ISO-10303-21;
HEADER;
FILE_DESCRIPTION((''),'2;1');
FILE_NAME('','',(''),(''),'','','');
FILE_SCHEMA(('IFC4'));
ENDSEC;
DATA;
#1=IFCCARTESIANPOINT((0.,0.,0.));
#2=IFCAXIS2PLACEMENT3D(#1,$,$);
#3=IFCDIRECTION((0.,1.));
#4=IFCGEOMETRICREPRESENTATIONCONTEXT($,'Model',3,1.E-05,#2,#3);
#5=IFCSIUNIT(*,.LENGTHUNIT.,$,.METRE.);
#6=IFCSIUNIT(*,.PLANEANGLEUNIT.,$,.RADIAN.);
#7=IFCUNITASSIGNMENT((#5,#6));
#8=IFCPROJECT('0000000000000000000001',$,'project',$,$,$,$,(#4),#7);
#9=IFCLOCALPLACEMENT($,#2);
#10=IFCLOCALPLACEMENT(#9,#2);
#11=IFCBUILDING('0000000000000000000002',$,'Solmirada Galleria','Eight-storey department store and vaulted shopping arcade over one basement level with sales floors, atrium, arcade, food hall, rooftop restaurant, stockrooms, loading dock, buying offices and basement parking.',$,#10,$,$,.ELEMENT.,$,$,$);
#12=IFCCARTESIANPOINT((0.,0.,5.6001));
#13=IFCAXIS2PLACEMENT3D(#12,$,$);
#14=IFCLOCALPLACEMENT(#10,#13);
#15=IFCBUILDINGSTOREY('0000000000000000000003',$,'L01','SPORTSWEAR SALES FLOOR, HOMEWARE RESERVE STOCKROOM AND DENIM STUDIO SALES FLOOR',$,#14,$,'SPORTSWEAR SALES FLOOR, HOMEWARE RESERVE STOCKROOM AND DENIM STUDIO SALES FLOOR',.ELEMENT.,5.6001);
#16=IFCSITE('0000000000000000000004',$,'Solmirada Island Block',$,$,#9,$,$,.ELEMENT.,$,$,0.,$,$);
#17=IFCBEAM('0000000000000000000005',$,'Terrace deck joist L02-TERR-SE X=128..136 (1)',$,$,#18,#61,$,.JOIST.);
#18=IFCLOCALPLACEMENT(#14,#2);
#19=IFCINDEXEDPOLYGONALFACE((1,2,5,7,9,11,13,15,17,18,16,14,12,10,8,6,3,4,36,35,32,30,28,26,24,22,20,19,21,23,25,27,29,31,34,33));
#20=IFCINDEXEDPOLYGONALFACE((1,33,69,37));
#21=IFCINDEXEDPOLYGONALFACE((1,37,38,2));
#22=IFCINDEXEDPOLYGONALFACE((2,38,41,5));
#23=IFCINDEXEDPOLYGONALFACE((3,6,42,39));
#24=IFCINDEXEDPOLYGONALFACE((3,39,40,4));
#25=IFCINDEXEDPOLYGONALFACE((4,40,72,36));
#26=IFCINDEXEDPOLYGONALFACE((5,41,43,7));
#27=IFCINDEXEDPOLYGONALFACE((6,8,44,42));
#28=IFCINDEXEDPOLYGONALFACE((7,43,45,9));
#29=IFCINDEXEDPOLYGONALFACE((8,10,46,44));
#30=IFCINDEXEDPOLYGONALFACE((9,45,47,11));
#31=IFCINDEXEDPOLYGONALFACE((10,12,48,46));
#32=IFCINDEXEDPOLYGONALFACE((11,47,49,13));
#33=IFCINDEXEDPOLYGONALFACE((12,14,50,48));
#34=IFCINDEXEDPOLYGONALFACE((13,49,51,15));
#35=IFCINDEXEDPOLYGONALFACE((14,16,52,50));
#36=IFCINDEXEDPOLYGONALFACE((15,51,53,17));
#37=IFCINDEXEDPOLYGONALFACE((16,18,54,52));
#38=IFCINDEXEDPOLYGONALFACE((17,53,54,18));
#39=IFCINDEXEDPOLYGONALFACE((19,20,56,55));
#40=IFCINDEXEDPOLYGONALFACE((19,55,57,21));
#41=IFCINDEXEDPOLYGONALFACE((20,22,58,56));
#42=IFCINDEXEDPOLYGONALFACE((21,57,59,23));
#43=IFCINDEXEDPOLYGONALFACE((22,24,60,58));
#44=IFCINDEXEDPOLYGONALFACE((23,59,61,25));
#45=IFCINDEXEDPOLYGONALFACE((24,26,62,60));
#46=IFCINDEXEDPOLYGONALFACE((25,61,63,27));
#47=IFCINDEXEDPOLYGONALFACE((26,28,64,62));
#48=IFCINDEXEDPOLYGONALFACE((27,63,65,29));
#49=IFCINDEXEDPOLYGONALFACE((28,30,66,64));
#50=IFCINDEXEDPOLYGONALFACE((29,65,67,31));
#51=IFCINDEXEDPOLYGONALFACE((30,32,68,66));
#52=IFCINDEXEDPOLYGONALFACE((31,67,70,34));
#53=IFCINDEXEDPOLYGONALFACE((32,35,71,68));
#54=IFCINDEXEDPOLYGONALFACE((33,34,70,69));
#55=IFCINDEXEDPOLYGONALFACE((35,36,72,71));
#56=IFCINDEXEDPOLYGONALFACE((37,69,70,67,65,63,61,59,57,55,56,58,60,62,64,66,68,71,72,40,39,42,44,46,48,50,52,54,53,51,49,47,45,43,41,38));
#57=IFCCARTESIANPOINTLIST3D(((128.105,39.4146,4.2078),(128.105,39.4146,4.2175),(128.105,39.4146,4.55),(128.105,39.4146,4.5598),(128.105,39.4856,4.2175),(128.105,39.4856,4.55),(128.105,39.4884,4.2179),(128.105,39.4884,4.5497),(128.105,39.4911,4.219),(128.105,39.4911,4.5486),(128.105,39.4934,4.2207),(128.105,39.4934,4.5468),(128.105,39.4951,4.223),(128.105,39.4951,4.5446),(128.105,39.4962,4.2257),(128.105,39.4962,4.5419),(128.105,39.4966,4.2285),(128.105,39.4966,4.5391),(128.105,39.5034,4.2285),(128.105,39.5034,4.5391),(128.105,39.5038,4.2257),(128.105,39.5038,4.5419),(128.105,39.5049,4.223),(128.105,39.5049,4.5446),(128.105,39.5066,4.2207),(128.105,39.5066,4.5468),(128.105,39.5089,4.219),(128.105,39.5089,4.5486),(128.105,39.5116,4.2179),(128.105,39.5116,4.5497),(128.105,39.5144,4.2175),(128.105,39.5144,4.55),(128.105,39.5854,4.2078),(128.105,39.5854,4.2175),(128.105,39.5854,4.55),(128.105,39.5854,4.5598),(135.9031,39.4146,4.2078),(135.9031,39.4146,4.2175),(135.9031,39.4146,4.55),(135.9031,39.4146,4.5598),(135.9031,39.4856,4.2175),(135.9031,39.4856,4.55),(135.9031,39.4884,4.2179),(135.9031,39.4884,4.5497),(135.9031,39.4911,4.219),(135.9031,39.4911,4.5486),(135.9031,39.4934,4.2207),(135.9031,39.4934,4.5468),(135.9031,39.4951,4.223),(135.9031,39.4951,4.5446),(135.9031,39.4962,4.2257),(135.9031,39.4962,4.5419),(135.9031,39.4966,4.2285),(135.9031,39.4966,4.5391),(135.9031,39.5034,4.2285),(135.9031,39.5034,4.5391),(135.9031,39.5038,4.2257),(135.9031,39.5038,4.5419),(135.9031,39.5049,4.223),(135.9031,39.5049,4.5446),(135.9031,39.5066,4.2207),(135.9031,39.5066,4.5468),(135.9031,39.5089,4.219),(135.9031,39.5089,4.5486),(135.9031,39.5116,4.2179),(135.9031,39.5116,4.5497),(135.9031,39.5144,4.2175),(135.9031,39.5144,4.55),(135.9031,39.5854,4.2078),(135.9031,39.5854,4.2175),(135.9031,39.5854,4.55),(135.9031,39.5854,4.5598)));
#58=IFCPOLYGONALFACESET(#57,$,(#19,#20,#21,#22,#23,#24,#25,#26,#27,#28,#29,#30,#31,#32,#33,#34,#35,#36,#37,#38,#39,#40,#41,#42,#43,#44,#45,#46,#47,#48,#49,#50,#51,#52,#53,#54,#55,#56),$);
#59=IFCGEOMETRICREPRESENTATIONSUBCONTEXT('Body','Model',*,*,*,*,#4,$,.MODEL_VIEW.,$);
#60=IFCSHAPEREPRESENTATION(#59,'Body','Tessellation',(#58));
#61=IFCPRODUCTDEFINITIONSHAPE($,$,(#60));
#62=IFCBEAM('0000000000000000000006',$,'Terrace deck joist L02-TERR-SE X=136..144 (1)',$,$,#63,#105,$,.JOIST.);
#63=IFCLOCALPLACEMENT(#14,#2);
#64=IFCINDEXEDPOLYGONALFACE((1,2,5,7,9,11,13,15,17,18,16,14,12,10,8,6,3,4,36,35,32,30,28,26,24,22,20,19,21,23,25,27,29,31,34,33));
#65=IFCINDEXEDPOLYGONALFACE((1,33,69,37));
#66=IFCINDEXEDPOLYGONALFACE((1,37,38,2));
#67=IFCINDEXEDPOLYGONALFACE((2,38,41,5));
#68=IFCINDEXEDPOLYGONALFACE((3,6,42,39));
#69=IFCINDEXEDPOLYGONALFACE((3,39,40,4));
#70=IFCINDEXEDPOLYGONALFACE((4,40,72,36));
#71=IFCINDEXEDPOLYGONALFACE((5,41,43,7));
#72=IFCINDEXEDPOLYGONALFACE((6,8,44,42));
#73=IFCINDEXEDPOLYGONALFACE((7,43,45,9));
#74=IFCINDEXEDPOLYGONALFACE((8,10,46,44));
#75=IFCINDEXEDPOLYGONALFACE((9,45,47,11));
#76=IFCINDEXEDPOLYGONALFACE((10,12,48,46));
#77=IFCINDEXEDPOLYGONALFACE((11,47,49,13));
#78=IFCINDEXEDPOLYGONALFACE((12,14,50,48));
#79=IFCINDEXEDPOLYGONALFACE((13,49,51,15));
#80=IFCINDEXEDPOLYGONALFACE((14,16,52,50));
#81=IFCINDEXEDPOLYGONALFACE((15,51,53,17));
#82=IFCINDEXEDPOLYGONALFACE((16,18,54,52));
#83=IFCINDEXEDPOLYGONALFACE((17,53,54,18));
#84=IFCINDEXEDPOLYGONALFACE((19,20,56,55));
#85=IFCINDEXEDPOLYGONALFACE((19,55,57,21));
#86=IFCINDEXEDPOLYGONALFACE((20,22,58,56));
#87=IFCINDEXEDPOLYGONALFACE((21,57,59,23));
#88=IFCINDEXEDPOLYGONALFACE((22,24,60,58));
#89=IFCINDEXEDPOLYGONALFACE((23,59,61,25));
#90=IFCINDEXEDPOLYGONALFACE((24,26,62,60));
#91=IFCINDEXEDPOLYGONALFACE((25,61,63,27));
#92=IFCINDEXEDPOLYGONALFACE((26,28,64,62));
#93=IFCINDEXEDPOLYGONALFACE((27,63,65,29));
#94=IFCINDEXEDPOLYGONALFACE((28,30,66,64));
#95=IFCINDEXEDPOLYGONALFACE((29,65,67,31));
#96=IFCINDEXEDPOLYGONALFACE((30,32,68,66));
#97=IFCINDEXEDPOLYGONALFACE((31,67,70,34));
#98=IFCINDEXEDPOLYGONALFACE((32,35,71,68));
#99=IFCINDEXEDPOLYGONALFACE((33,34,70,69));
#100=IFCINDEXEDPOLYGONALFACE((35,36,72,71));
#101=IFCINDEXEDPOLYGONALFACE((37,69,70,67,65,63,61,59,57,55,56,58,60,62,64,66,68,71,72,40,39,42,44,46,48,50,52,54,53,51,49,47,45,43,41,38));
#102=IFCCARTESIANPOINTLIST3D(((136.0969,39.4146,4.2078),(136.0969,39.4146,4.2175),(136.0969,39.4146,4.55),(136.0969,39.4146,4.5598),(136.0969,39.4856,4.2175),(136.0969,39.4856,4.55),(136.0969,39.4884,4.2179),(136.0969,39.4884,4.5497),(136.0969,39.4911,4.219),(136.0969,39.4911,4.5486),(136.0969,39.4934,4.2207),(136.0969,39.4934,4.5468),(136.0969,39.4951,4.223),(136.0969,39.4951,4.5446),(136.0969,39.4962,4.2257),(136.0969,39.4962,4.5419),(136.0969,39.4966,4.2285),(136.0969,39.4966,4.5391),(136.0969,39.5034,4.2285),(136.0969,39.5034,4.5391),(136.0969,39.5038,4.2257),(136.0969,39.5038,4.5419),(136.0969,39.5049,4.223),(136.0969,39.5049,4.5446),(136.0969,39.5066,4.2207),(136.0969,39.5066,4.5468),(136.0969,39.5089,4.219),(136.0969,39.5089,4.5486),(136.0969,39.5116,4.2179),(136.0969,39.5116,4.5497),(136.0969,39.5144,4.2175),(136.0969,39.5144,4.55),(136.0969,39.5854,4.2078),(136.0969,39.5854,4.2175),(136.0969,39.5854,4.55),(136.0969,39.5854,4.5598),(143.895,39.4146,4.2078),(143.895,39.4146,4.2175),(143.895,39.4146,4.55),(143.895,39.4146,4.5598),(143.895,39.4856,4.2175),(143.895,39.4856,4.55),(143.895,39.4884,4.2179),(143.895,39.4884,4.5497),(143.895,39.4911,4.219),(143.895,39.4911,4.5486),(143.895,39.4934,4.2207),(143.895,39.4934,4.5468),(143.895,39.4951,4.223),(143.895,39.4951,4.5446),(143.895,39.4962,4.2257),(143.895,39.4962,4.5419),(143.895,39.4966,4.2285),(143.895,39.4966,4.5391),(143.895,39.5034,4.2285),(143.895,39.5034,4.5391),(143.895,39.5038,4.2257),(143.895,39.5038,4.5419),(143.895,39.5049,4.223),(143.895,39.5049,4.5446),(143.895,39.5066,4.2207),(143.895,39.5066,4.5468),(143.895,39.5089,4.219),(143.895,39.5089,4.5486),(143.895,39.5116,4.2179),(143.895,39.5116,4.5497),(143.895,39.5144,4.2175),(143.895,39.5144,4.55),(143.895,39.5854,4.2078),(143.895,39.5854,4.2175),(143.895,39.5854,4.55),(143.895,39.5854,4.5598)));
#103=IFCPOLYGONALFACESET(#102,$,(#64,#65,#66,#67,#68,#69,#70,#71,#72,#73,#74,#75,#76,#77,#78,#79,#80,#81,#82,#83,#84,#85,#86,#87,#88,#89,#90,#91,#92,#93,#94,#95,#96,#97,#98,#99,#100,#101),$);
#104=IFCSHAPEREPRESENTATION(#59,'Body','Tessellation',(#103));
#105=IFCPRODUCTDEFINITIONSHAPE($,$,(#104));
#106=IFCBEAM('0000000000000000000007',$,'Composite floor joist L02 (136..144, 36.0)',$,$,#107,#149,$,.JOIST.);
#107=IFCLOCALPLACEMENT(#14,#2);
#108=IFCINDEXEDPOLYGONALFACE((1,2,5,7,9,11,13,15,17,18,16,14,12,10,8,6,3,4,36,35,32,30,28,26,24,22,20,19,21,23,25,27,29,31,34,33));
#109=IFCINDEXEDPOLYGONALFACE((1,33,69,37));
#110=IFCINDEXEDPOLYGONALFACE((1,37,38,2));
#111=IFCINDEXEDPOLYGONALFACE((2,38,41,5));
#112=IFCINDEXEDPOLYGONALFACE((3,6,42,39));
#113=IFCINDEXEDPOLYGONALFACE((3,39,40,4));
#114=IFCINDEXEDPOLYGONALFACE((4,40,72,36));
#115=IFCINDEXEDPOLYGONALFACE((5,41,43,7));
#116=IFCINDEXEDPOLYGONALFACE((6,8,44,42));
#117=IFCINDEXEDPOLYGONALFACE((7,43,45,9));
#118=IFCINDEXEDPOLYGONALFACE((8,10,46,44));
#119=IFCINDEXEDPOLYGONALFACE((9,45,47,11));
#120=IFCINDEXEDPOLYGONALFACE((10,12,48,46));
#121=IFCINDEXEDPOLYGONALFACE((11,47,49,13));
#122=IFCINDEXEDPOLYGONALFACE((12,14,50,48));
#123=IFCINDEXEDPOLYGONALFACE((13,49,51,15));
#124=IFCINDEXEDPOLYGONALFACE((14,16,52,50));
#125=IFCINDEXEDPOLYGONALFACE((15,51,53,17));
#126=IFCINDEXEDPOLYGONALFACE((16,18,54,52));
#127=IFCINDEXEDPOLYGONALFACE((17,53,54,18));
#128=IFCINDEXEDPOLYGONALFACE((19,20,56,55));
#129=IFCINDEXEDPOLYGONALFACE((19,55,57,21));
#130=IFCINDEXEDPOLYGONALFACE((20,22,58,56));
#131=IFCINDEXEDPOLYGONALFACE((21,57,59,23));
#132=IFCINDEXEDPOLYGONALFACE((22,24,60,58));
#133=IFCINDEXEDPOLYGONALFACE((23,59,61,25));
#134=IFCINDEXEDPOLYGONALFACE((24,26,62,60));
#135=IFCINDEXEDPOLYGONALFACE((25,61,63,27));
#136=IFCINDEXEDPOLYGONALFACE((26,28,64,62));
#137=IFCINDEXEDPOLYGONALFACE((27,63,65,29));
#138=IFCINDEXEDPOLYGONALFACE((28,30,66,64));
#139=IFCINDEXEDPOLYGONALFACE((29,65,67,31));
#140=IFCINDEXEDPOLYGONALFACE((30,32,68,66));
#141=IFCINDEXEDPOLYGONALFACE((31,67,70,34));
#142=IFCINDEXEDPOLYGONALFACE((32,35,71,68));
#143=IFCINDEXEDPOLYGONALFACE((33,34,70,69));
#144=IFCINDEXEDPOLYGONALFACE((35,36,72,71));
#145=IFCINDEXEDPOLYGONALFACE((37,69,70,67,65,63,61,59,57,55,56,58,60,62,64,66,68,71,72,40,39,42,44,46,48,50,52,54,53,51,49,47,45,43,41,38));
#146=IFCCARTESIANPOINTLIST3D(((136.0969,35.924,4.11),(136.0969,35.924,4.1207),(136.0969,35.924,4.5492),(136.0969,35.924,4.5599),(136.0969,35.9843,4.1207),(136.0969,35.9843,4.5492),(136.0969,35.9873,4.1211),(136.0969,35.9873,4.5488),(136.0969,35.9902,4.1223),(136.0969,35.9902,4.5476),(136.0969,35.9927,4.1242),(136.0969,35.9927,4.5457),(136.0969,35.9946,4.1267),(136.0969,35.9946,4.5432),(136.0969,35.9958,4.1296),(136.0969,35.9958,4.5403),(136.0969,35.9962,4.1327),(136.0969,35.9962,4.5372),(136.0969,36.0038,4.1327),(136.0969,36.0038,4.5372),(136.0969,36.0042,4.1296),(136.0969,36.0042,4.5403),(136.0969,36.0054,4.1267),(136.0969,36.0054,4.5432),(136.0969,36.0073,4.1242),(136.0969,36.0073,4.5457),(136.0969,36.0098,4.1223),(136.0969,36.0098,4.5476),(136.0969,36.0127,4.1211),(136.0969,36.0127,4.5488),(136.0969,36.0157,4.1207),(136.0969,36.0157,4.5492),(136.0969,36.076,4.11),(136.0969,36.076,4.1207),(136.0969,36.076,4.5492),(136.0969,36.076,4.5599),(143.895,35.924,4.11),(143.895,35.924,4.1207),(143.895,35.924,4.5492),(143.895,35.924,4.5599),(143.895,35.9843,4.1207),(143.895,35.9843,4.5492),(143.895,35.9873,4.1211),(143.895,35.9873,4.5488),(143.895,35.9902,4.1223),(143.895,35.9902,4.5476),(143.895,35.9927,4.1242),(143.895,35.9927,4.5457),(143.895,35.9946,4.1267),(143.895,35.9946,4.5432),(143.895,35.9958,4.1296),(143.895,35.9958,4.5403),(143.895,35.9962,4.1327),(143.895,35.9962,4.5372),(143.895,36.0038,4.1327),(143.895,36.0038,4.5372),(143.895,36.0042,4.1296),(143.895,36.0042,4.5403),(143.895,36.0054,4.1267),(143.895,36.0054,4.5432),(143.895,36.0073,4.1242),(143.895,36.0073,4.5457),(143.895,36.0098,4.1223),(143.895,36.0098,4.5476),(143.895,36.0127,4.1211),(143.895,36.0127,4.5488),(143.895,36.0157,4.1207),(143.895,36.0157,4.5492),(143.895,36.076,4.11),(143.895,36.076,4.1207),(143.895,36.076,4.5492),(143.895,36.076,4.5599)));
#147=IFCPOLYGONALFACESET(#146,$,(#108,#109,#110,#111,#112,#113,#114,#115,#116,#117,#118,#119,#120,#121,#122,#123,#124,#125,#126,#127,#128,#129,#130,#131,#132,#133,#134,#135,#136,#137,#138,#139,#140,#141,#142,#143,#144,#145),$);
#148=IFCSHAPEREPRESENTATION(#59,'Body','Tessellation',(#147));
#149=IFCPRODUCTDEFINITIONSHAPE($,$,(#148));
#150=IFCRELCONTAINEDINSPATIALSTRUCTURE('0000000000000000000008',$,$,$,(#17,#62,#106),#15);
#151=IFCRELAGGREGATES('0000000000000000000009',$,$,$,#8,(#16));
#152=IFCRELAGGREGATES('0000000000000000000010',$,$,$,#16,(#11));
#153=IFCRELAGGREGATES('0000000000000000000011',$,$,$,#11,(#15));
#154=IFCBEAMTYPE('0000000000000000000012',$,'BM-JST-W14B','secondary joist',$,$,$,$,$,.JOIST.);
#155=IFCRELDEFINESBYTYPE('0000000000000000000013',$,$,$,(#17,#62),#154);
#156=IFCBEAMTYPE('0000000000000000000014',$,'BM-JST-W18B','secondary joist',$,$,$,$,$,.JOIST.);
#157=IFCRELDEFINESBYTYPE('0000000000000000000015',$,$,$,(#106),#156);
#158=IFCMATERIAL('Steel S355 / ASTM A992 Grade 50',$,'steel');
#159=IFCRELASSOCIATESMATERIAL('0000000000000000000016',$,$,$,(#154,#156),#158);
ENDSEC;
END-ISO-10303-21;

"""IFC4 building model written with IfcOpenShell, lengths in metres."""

from ifc_helpers import new_model, si_unit, direction, frame, origin, origin_2d, place, context, subcontext, project, spatial, i_section, extrude, material, material_profile, profile_set, type_object, element, save


model = new_model("IFC4")

# Units and contexts
model_context = context("Model", 3, precision=1e-05, world=origin(), true_north=direction((0.0, 1.0)))
body_context = subcontext(model_context, "Body", "Model", "MODEL_VIEW")
ifc_project = project(units=[si_unit("LENGTHUNIT", "METRE"), si_unit("PLANEANGLEUNIT", "RADIAN")], contexts=[model_context])

# Site, building, storey
site_placement = place(None, origin())
site = spatial("IfcSite", under=ifc_project, at=site_placement, Name="Solmirada Island Block", CompositionType="ELEMENT", RefElevation=0.0)
building_placement = place(site_placement, origin())
building = spatial("IfcBuilding", under=site, at=building_placement, Name="Solmirada Galleria", Description="Eight-storey department store and vaulted shopping arcade over one basement level with sales floors, atrium, arcade, food hall, rooftop restaurant, stockrooms, loading dock, buying offices and basement parking.", CompositionType="ELEMENT")
storey_placement = place(building_placement, frame((0.0, 0.0, 5.6001)))
storey = spatial("IfcBuildingStorey", under=building, at=storey_placement, Name="L01", Description="SPORTSWEAR SALES FLOOR, HOMEWARE RESERVE STOCKROOM AND DENIM STUDIO SALES FLOOR", LongName="SPORTSWEAR SALES FLOOR, HOMEWARE RESERVE STOCKROOM AND DENIM STUDIO SALES FLOOR", CompositionType="ELEMENT", Elevation=5.6001)

# Beams
ifc_material_1 = material(Name="Steel S355 / ASTM A992 Grade 50", Category="steel")
ifc_material_profile_1 = material_profile(ifc_material_1, i_section(OverallWidth=0.1709, OverallDepth=0.3521, WebThickness=0.0068, FlangeThickness=0.0098, FilletRadius=0.011, at=origin_2d()), Name="W14X30")
ifc_profile_set_1 = profile_set([ifc_material_profile_1], Name="Steel S355 / ASTM A992 Grade 50")
beam_type_1 = type_object("IfcBeamType", Name="BM-JST-W14B", Description="secondary joist", PredefinedType="JOIST", material=ifc_profile_set_1)
for number, where, z_axis, x_axis, name in (
    (1, (128.105, 39.5, 4.3838), (1.0, 0.0, 0.0), (0.0, 1.0, 0.0), "Terrace deck joist L02-TERR-SE X=128..136 (1)"),
    (2, (136.0969, 39.5, 4.3838), (1.0, 0.0, 0.0), (0.0, 1.0, 0.0), "Terrace deck joist L02-TERR-SE X=136..144 (1)"),
):
    element("IfcBeam", number, at=place(storey_placement, frame(where, z_axis=z_axis, x_axis=x_axis)), inside=storey, type_object=beam_type_1, Name=name, PredefinedType="JOIST", context=body_context, shape_type="SweptSolid", body=[
        extrude(i_section(OverallWidth=0.1709, OverallDepth=0.3521, WebThickness=0.0068, FlangeThickness=0.0098, FilletRadius=0.011, at=origin_2d()), origin(), (0.0, 0.0, 1.0), 7.7981),
    ])
ifc_material_profile_2 = material_profile(ifc_material_1, i_section(OverallWidth=0.1521, OverallDepth=0.45, WebThickness=0.0076, FlangeThickness=0.0107, FilletRadius=0.012, at=origin_2d()), Name="W18X35")
ifc_profile_set_2 = profile_set([ifc_material_profile_2], Name="Steel S355 / ASTM A992 Grade 50")
beam_type_2 = type_object("IfcBeamType", Name="BM-JST-W18B", Description="secondary joist", PredefinedType="JOIST", material=ifc_profile_set_2)
beam_1_placement = place(storey_placement, frame((136.0969, 36.0, 4.335), z_axis=(1.0, 0.0, 0.0), x_axis=(0.0, 1.0, 0.0)))
element("IfcBeam", 3, at=beam_1_placement, inside=storey, type_object=beam_type_2, Name="Composite floor joist L02 (136..144, 36.0)", PredefinedType="JOIST", context=body_context, shape_type="SweptSolid", body=[
    extrude(i_section(OverallWidth=0.1521, OverallDepth=0.45, WebThickness=0.0076, FlangeThickness=0.0107, FilletRadius=0.012, at=origin_2d()), origin(), (0.0, 0.0, 1.0), 7.7981),
])

save(model, "model.ifc")
